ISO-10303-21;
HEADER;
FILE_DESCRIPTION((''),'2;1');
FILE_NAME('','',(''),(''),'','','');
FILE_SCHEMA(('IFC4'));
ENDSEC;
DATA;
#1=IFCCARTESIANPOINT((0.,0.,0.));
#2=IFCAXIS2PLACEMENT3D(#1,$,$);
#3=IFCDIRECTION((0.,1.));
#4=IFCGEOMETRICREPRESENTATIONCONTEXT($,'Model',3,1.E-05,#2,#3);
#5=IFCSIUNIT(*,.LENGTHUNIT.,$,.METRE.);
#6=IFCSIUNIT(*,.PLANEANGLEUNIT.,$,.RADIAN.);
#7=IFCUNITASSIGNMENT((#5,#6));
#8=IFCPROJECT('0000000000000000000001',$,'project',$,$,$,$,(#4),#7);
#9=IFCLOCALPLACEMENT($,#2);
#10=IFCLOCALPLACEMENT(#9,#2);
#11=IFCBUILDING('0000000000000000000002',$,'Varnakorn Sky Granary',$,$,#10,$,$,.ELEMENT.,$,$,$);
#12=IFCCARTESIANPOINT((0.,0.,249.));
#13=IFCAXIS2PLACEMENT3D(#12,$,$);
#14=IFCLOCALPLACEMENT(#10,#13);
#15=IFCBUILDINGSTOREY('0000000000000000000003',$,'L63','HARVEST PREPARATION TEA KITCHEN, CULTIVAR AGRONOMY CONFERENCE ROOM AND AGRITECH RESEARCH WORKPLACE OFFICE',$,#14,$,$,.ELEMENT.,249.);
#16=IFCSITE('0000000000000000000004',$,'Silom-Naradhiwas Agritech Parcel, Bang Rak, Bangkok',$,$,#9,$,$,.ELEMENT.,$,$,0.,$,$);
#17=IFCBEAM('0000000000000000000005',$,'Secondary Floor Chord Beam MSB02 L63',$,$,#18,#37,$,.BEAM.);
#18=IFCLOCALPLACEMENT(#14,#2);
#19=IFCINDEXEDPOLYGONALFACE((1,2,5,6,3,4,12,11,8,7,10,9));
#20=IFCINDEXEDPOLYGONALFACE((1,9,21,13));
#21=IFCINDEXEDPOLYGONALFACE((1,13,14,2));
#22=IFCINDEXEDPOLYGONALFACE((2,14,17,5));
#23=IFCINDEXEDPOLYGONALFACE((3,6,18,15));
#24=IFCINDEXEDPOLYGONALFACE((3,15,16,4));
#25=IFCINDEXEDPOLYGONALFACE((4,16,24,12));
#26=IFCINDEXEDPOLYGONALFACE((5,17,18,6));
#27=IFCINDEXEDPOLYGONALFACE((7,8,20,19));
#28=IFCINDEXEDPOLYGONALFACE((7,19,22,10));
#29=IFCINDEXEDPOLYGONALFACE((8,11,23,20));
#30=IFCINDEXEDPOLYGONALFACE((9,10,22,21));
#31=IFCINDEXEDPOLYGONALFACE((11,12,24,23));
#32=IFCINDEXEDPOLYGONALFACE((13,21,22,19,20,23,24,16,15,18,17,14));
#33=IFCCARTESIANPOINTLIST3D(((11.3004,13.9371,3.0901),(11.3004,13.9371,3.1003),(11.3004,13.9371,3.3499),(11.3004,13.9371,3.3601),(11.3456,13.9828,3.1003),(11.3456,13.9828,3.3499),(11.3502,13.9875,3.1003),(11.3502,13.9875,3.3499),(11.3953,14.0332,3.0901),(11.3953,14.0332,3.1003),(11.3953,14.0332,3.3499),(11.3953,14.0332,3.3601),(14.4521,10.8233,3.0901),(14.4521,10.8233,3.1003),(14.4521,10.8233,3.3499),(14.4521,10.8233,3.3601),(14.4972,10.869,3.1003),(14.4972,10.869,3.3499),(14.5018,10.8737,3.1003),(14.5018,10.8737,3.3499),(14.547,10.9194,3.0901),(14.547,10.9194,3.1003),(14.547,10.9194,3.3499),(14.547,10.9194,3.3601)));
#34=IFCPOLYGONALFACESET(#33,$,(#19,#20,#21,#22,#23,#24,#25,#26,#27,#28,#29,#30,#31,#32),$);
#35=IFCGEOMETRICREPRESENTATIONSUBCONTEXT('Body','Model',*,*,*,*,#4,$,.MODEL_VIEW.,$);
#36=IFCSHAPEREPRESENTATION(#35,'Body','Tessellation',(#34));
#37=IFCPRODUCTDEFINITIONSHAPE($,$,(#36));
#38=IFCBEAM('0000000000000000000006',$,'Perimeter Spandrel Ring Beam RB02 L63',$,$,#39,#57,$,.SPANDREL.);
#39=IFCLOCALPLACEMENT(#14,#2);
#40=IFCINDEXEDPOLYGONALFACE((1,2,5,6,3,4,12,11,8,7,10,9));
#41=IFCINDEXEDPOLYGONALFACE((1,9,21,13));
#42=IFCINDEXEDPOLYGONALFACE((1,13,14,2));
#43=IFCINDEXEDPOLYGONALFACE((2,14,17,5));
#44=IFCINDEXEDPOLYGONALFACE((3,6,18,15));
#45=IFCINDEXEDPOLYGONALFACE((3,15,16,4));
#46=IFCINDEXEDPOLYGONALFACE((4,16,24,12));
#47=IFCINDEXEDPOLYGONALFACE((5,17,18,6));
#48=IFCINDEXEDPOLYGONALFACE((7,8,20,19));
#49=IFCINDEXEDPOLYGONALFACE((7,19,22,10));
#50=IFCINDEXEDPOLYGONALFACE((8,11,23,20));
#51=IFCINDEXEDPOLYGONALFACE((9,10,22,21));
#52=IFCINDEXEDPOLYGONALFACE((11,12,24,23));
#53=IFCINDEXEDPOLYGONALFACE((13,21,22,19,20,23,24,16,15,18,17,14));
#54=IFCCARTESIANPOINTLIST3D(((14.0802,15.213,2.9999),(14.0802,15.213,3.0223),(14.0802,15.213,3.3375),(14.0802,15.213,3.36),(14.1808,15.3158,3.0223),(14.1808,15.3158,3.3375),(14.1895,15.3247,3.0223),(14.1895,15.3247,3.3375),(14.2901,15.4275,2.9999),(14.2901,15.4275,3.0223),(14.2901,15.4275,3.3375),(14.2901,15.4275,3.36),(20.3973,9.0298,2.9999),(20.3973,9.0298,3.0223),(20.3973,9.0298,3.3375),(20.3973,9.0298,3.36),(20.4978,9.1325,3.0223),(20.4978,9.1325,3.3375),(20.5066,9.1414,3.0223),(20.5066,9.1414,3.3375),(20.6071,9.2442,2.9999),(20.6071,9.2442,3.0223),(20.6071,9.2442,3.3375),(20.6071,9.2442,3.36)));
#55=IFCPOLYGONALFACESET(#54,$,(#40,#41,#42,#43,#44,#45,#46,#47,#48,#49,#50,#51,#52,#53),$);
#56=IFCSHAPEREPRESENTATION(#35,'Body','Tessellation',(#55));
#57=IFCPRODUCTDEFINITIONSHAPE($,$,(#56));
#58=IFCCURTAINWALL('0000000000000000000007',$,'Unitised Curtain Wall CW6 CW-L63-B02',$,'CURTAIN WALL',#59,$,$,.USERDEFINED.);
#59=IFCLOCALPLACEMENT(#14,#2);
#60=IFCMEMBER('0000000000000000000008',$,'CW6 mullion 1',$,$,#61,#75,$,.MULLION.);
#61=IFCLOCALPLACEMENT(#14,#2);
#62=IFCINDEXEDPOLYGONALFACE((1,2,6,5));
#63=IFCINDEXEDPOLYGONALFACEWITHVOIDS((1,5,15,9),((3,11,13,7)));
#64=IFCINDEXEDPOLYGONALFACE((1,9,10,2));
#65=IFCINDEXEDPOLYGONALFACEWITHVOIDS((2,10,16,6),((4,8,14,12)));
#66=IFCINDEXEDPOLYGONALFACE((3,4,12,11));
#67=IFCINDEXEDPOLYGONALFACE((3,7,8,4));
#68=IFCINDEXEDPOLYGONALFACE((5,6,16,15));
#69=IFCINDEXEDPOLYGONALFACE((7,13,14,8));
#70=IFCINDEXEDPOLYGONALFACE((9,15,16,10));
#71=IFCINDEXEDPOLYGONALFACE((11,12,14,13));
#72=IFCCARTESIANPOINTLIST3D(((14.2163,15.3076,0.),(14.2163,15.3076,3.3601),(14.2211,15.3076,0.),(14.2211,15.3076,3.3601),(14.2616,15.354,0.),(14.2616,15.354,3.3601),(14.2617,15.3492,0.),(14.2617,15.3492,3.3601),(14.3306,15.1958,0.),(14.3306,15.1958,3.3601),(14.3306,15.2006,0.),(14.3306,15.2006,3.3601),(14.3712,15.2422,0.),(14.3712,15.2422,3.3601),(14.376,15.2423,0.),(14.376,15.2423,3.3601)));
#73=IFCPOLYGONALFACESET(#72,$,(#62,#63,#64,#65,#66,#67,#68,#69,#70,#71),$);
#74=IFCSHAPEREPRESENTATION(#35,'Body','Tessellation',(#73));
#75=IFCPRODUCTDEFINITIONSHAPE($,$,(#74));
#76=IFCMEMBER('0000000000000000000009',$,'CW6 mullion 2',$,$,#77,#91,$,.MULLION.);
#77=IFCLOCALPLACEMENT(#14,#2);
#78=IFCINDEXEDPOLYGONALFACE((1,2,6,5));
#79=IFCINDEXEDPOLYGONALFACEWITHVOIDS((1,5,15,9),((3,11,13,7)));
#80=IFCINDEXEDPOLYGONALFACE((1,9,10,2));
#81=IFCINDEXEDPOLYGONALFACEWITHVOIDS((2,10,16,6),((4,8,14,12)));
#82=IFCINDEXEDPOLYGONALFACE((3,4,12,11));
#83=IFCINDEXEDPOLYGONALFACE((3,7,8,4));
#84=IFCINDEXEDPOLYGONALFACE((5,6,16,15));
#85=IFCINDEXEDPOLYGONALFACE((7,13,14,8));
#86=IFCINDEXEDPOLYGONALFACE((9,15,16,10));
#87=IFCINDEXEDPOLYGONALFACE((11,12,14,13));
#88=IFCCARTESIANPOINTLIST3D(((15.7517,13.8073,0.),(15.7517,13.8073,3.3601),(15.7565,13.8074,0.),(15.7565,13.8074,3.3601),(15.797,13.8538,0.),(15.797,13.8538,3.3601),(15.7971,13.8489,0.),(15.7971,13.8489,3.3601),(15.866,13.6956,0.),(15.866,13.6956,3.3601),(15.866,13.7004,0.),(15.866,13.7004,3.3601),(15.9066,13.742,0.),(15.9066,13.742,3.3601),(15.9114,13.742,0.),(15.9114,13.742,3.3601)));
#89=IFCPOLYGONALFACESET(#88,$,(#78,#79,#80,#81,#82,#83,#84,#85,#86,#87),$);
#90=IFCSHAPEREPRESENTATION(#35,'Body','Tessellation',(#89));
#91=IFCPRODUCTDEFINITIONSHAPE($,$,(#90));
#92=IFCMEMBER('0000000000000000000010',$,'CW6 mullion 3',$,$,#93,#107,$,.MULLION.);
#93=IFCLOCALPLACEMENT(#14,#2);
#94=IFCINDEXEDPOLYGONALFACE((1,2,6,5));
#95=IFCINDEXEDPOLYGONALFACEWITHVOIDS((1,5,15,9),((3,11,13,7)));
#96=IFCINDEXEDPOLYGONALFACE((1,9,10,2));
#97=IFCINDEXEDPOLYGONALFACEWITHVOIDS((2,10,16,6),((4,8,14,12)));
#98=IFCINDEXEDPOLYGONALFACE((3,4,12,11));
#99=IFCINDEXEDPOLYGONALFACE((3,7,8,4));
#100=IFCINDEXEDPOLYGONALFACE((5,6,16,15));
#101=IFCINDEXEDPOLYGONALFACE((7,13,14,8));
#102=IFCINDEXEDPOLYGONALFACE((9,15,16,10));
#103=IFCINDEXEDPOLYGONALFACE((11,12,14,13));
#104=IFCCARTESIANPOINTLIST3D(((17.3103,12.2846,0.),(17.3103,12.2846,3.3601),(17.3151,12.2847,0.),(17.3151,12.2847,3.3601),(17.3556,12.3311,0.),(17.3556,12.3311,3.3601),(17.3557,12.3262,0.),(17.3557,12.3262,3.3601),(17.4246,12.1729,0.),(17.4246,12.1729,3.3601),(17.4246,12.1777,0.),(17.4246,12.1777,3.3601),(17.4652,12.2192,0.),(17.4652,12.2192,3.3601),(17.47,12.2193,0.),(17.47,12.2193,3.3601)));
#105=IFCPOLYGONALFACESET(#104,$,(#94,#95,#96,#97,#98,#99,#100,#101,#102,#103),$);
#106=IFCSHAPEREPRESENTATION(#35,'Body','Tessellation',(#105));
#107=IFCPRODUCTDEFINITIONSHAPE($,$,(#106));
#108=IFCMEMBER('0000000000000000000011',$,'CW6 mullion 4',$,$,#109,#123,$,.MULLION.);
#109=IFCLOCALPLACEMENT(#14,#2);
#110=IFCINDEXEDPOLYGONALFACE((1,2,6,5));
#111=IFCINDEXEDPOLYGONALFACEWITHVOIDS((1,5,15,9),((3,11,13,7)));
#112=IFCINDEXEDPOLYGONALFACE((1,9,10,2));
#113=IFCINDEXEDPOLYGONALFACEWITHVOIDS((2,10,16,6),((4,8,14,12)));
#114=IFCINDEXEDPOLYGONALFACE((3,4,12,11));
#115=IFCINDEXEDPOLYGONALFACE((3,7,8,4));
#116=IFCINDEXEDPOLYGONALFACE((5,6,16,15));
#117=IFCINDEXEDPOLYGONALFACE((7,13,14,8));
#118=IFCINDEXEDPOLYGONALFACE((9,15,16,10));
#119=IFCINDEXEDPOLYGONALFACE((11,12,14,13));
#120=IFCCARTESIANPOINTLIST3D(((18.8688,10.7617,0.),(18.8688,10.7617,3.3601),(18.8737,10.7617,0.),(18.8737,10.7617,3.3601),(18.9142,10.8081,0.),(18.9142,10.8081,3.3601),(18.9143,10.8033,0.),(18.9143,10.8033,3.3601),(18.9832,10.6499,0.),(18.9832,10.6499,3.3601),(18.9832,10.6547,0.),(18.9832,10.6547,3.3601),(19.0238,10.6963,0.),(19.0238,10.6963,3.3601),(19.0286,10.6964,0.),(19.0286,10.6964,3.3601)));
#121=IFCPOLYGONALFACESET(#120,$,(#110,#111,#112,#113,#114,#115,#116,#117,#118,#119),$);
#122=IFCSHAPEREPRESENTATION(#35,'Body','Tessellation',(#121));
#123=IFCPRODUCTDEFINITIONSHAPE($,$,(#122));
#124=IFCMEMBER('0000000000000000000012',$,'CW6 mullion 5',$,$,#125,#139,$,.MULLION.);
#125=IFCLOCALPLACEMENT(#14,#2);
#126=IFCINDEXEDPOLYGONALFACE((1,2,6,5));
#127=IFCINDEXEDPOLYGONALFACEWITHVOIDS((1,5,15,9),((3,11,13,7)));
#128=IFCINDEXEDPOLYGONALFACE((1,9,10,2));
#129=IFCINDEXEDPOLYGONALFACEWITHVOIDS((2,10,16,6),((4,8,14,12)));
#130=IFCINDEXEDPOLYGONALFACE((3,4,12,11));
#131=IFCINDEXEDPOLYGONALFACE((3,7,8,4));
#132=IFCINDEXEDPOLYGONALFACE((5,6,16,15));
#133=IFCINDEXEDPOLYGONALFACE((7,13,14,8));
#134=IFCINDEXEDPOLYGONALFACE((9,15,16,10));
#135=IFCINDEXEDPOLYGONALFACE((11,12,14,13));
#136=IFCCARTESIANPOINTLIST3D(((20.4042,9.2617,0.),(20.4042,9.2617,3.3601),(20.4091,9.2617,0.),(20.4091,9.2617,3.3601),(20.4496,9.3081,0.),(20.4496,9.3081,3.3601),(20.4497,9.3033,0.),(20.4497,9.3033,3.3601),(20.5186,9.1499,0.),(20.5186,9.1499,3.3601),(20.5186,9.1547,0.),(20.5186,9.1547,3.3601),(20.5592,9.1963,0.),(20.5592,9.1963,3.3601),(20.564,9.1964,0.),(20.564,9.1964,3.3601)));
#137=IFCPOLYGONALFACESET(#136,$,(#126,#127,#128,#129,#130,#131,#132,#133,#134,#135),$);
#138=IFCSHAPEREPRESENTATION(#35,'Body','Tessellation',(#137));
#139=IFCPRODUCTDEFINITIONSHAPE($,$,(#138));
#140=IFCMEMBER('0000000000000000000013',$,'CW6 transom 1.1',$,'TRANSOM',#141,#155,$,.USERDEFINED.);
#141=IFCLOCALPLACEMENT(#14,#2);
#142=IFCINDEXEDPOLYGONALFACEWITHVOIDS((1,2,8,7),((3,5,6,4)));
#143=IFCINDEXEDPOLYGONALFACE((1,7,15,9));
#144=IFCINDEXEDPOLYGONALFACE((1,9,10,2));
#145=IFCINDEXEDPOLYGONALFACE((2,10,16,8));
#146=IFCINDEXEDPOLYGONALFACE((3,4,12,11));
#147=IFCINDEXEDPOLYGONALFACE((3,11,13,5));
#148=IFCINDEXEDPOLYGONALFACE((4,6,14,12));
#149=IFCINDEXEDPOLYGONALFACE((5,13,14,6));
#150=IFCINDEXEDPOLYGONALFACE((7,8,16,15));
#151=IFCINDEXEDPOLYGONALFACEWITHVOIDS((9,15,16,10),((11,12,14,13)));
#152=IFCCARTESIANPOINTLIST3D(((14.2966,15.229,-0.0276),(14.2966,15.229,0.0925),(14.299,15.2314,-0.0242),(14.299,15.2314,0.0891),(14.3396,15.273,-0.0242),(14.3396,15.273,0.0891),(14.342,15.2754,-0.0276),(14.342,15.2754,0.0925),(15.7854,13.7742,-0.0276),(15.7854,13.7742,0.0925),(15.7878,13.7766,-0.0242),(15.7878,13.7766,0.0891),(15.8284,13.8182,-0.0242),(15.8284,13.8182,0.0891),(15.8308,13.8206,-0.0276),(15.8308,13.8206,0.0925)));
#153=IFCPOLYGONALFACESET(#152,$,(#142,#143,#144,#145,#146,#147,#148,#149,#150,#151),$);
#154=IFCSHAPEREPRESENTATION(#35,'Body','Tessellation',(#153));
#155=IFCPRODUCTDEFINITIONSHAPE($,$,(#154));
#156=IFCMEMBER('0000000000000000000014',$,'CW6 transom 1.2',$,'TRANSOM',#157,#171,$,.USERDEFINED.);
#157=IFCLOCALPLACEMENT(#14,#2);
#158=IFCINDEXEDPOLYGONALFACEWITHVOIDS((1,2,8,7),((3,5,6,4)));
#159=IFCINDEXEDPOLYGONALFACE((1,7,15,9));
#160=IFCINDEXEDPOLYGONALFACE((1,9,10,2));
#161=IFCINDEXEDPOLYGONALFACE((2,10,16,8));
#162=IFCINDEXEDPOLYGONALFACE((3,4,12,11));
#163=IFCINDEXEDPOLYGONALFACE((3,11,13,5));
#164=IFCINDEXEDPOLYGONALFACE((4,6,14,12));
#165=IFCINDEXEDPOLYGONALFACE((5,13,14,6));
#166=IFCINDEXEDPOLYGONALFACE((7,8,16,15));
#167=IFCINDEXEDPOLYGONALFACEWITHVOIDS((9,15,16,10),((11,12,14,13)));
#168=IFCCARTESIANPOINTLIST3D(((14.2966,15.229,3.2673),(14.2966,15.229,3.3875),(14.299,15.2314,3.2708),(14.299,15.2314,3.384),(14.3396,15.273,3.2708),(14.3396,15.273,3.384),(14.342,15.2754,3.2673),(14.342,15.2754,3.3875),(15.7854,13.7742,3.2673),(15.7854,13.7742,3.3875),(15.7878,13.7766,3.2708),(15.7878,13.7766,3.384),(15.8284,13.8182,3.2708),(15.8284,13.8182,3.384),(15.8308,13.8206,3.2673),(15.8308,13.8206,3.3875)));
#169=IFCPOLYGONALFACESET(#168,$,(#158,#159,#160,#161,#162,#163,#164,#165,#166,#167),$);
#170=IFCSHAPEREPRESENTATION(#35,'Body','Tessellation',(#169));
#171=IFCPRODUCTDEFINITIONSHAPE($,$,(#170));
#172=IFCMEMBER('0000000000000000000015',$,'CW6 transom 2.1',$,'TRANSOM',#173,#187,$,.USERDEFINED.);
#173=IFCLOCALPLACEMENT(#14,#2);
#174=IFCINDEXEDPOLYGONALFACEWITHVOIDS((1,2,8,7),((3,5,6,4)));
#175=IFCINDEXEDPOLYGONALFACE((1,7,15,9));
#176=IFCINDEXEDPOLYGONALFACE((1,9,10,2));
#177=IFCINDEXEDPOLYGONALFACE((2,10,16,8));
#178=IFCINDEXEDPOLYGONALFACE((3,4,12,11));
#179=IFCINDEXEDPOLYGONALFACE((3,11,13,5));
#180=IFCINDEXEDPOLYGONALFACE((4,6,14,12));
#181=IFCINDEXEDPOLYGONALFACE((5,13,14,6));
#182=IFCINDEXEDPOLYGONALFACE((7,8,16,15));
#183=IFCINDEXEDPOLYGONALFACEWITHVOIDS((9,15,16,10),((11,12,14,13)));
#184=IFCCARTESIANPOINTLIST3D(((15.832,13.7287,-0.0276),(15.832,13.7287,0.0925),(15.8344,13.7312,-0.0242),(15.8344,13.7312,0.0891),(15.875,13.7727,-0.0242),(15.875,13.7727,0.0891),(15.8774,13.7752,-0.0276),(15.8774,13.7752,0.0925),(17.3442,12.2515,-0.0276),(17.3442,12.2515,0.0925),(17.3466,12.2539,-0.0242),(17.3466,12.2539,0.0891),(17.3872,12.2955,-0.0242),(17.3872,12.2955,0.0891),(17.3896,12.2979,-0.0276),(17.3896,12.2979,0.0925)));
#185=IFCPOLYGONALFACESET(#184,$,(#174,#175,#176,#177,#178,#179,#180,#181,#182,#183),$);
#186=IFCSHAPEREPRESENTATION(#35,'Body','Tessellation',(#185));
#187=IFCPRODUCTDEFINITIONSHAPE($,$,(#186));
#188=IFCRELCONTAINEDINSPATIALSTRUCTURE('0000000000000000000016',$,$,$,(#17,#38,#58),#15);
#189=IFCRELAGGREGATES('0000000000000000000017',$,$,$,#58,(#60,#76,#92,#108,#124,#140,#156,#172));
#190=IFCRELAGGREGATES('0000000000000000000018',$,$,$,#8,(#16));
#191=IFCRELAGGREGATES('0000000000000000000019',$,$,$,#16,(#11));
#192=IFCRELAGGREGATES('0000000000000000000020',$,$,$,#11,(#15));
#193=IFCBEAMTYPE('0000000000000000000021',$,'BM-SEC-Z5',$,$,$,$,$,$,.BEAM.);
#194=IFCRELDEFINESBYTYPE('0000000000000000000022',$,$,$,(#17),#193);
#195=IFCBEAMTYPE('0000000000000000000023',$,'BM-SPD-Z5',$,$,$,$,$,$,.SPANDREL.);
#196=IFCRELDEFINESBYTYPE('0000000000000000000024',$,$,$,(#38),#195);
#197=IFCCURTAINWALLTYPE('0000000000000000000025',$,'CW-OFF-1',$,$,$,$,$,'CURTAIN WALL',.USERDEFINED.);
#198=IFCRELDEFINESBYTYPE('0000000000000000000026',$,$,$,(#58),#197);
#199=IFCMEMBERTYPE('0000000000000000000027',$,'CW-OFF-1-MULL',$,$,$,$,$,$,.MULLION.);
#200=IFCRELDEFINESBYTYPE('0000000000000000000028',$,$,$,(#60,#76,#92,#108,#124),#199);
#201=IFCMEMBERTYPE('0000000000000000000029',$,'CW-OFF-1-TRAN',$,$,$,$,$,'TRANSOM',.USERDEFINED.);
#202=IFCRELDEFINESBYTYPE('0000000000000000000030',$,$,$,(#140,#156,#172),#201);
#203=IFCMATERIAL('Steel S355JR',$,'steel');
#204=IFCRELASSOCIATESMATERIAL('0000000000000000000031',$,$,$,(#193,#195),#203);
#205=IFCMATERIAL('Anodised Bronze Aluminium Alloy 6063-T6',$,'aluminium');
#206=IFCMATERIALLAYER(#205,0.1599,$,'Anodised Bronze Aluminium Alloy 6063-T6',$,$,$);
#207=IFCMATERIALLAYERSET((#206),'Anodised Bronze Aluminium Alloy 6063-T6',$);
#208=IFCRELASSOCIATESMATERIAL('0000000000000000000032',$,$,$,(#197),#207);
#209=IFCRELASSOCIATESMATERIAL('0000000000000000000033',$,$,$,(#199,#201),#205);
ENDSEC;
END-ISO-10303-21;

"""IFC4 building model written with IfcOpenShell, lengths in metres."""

from ifc_helpers import new_model, si_unit, direction, frame, origin, origin_2d, place, context, subcontext, project, spatial, hollow_rectangle, i_section, extrude, material, layer, layer_set, material_profile, profile_set, type_object, element, aggregate, save


model = new_model("IFC4")

# Units and contexts
model_context = context("Model", 3, precision=1e-05, world=origin(), true_north=direction((0.0, 1.0)))
body_context = subcontext(model_context, "Body", "Model", "MODEL_VIEW")
ifc_project = project(units=[si_unit("LENGTHUNIT", "METRE"), si_unit("PLANEANGLEUNIT", "RADIAN")], contexts=[model_context])

# Site, building, storey
site_placement = place(None, origin())
site = spatial("IfcSite", under=ifc_project, at=site_placement, Name="Silom-Naradhiwas Agritech Parcel, Bang Rak, Bangkok", CompositionType="ELEMENT", RefElevation=0.0)
building_placement = place(site_placement, origin())
building = spatial("IfcBuilding", under=site, at=building_placement, Name="Varnakorn Sky Granary", CompositionType="ELEMENT")
storey_placement = place(building_placement, frame((0.0, 0.0, 249.0)))
storey = spatial("IfcBuildingStorey", under=building, at=storey_placement, Name="L63", Description="HARVEST PREPARATION TEA KITCHEN, CULTIVAR AGRONOMY CONFERENCE ROOM AND AGRITECH RESEARCH WORKPLACE OFFICE", CompositionType="ELEMENT", Elevation=249.0)

# Beams
ifc_material_1 = material(Name="Steel S355JR", Category="steel")
ifc_material_profile_1 = material_profile(ifc_material_1, i_section(OverallWidth=0.135, OverallDepth=0.27, WebThickness=0.0066, FlangeThickness=0.0103, at=origin_2d()), Name="IPE 270")
ifc_profile_set_1 = profile_set([ifc_material_profile_1], Name="Steel S355JR")
beam_type_1 = type_object("IfcBeamType", Name="BM-SEC-Z5", PredefinedType="BEAM", material=ifc_profile_set_1)
beam_1_placement = place(storey_placement, frame((14.4995, 10.8713, 3.2251), z_axis=(-0.711365, 0.702823, 0.0), x_axis=(-0.702823, -0.711365, 0.0)))
element("IfcBeam", 1, at=beam_1_placement, inside=storey, type_object=beam_type_1, Name="Secondary Floor Chord Beam MSB02 L63", PredefinedType="BEAM", context=body_context, shape_type="SweptSolid", body=[
    extrude(i_section(OverallWidth=0.135, OverallDepth=0.27, WebThickness=0.0066, FlangeThickness=0.0103, at=origin_2d()), origin(), (0.0, 0.0, 1.0), 4.4304),
])
ifc_material_profile_2 = material_profile(ifc_material_1, i_section(OverallWidth=0.3, OverallDepth=0.3601, WebThickness=0.0125, FlangeThickness=0.0225, at=origin_2d()), Name="HE 360 B")
ifc_profile_set_2 = profile_set([ifc_material_profile_2], Name="Steel S355JR")
beam_type_2 = type_object("IfcBeamType", Name="BM-SPD-Z5", PredefinedType="SPANDREL", material=ifc_profile_set_2)
beam_2_placement = place(storey_placement, frame((20.5022, 9.137, 3.1799), z_axis=(-0.714634, 0.699499, 0.0), x_axis=(-0.699499, -0.714634, 0.0)))
element("IfcBeam", 2, at=beam_2_placement, inside=storey, type_object=beam_type_2, Name="Perimeter Spandrel Ring Beam RB02 L63", PredefinedType="SPANDREL", context=body_context, shape_type="SweptSolid", body=[
    extrude(i_section(OverallWidth=0.3, OverallDepth=0.3601, WebThickness=0.0125, FlangeThickness=0.0225, at=origin_2d()), origin(), (0.0, 0.0, 1.0), 8.8396),
])

# Curtain wall, members
ifc_material_2 = material(Name="Anodised Bronze Aluminium Alloy 6063-T6", Category="aluminium")
ifc_layer_1 = layer(ifc_material_2, 0.1599, Name="Anodised Bronze Aluminium Alloy 6063-T6")
ifc_layer_set_1 = layer_set([ifc_layer_1], Name="Anodised Bronze Aluminium Alloy 6063-T6")
curtain_wall_type = type_object("IfcCurtainWallType", Name="CW-OFF-1", ElementType="CURTAIN WALL", PredefinedType="USERDEFINED", material=ifc_layer_set_1)
curtain_wall_placement = place(storey_placement, origin())
curtain_wall = element("IfcCurtainWall", 3, at=curtain_wall_placement, inside=storey, type_object=curtain_wall_type, Name="Unitised Curtain Wall CW6 CW-L63-B02", ObjectType="CURTAIN WALL", PredefinedType="USERDEFINED")
ifc_material_profile_3 = material_profile(ifc_material_2, hollow_rectangle(XDim=0.0649, YDim=0.1599, WallThickness=0.0034, at=origin_2d()), Name="ALU MULL 65x160")
ifc_profile_set_3 = profile_set([ifc_material_profile_3], Name="Anodised Bronze Aluminium Alloy 6063-T6")
member_type_1 = type_object("IfcMemberType", Name="CW-OFF-1-MULL", PredefinedType="MULLION", material=ifc_profile_set_3)
member_1_placement = place(storey_placement, frame((14.2961, 15.2749, 0.0), z_axis=(0.0, 0.0, 1.0), x_axis=(0.698833, 0.715285, 0.0)))
member_1 = element("IfcMember", 4, at=member_1_placement, type_object=member_type_1, Name="CW6 mullion 1", PredefinedType="MULLION", context=body_context, shape_type="SweptSolid", body=[
    extrude(hollow_rectangle(XDim=0.0649, YDim=0.1599, WallThickness=0.0034, at=origin_2d()), origin(), (0.0, 0.0, 1.0), 3.3601),
])
member_2_placement = place(storey_placement, frame((15.8315, 13.7747, 0.0), z_axis=(0.0, 0.0, 1.0), x_axis=(0.698833, 0.715285, 0.0)))
member_2 = element("IfcMember", 5, at=member_2_placement, type_object=member_type_1, Name="CW6 mullion 2", PredefinedType="MULLION", context=body_context, shape_type="SweptSolid", body=[
    extrude(hollow_rectangle(XDim=0.0649, YDim=0.1599, WallThickness=0.0034, at=origin_2d()), origin(), (0.0, 0.0, 1.0), 3.3601),
])
member_3_placement = place(storey_placement, frame((17.3901, 12.252, 0.0), z_axis=(0.0, 0.0, 1.0), x_axis=(0.698833, 0.715285, 0.0)))
member_3 = element("IfcMember", 6, at=member_3_placement, type_object=member_type_1, Name="CW6 mullion 3", PredefinedType="MULLION", context=body_context, shape_type="SweptSolid", body=[
    extrude(hollow_rectangle(XDim=0.0649, YDim=0.1599, WallThickness=0.0034, at=origin_2d()), origin(), (0.0, 0.0, 1.0), 3.3601),
])
member_4_placement = place(storey_placement, frame((18.9487, 10.729, 0.0), z_axis=(0.0, 0.0, 1.0), x_axis=(0.698833, 0.715285, 0.0)))
member_4 = element("IfcMember", 7, at=member_4_placement, type_object=member_type_1, Name="CW6 mullion 4", PredefinedType="MULLION", context=body_context, shape_type="SweptSolid", body=[
    extrude(hollow_rectangle(XDim=0.0649, YDim=0.1599, WallThickness=0.0034, at=origin_2d()), origin(), (0.0, 0.0, 1.0), 3.3601),
])
member_5_placement = place(storey_placement, frame((20.4841, 9.229, 0.0), z_axis=(0.0, 0.0, 1.0), x_axis=(0.698833, 0.715285, 0.0)))
member_5 = element("IfcMember", 8, at=member_5_placement, type_object=member_type_1, Name="CW6 mullion 5", PredefinedType="MULLION", context=body_context, shape_type="SweptSolid", body=[
    extrude(hollow_rectangle(XDim=0.0649, YDim=0.1599, WallThickness=0.0034, at=origin_2d()), origin(), (0.0, 0.0, 1.0), 3.3601),
])
ifc_material_profile_4 = material_profile(ifc_material_2, hollow_rectangle(XDim=0.0649, YDim=0.1201, WallThickness=0.0034, at=origin_2d()), Name="ALU TRAN 65x120")
ifc_profile_set_4 = profile_set([ifc_material_profile_4], Name="Anodised Bronze Aluminium Alloy 6063-T6")
member_type_2 = type_object("IfcMemberType", Name="CW-OFF-1-TRAN", ElementType="TRANSOM", PredefinedType="USERDEFINED", material=ifc_profile_set_4)
member_6_placement = place(storey_placement, frame((14.3193, 15.2522, 0.0325), z_axis=(0.715211, -0.698908, 0.0), x_axis=(0.698908, 0.715211, 0.0)))
member_6 = element("IfcMember", 9, at=member_6_placement, type_object=member_type_2, Name="CW6 transom 1.1", ObjectType="TRANSOM", PredefinedType="USERDEFINED", context=body_context, shape_type="SweptSolid", body=[
    extrude(hollow_rectangle(XDim=0.0649, YDim=0.1201, WallThickness=0.0034, at=origin_2d()), origin(), (0.0, 0.0, 1.0), 2.0815),
])
member_7_placement = place(storey_placement, frame((14.3193, 15.2522, 3.3274), z_axis=(0.715211, -0.698908, 0.0), x_axis=(0.698908, 0.715211, 0.0)))
member_7 = element("IfcMember", 10, at=member_7_placement, type_object=member_type_2, Name="CW6 transom 1.2", ObjectType="TRANSOM", PredefinedType="USERDEFINED", context=body_context, shape_type="SweptSolid", body=[
    extrude(hollow_rectangle(XDim=0.0649, YDim=0.1201, WallThickness=0.0034, at=origin_2d()), origin(), (0.0, 0.0, 1.0), 2.0815),
])
member_8_placement = place(storey_placement, frame((15.8547, 13.752, 0.0325), z_axis=(0.715316, -0.698801, 0.0), x_axis=(0.698801, 0.715316, 0.0)))
member_8 = element("IfcMember", 11, at=member_8_placement, type_object=member_type_2, Name="CW6 transom 2.1", ObjectType="TRANSOM", PredefinedType="USERDEFINED", context=body_context, shape_type="SweptSolid", body=[
    extrude(hollow_rectangle(XDim=0.0649, YDim=0.1201, WallThickness=0.0034, at=origin_2d()), origin(), (0.0, 0.0, 1.0), 2.114),
])

aggregate(curtain_wall, [member_1, member_2, member_3, member_4, member_5, member_6, member_7, member_8])

save(model, "model.ifc")
